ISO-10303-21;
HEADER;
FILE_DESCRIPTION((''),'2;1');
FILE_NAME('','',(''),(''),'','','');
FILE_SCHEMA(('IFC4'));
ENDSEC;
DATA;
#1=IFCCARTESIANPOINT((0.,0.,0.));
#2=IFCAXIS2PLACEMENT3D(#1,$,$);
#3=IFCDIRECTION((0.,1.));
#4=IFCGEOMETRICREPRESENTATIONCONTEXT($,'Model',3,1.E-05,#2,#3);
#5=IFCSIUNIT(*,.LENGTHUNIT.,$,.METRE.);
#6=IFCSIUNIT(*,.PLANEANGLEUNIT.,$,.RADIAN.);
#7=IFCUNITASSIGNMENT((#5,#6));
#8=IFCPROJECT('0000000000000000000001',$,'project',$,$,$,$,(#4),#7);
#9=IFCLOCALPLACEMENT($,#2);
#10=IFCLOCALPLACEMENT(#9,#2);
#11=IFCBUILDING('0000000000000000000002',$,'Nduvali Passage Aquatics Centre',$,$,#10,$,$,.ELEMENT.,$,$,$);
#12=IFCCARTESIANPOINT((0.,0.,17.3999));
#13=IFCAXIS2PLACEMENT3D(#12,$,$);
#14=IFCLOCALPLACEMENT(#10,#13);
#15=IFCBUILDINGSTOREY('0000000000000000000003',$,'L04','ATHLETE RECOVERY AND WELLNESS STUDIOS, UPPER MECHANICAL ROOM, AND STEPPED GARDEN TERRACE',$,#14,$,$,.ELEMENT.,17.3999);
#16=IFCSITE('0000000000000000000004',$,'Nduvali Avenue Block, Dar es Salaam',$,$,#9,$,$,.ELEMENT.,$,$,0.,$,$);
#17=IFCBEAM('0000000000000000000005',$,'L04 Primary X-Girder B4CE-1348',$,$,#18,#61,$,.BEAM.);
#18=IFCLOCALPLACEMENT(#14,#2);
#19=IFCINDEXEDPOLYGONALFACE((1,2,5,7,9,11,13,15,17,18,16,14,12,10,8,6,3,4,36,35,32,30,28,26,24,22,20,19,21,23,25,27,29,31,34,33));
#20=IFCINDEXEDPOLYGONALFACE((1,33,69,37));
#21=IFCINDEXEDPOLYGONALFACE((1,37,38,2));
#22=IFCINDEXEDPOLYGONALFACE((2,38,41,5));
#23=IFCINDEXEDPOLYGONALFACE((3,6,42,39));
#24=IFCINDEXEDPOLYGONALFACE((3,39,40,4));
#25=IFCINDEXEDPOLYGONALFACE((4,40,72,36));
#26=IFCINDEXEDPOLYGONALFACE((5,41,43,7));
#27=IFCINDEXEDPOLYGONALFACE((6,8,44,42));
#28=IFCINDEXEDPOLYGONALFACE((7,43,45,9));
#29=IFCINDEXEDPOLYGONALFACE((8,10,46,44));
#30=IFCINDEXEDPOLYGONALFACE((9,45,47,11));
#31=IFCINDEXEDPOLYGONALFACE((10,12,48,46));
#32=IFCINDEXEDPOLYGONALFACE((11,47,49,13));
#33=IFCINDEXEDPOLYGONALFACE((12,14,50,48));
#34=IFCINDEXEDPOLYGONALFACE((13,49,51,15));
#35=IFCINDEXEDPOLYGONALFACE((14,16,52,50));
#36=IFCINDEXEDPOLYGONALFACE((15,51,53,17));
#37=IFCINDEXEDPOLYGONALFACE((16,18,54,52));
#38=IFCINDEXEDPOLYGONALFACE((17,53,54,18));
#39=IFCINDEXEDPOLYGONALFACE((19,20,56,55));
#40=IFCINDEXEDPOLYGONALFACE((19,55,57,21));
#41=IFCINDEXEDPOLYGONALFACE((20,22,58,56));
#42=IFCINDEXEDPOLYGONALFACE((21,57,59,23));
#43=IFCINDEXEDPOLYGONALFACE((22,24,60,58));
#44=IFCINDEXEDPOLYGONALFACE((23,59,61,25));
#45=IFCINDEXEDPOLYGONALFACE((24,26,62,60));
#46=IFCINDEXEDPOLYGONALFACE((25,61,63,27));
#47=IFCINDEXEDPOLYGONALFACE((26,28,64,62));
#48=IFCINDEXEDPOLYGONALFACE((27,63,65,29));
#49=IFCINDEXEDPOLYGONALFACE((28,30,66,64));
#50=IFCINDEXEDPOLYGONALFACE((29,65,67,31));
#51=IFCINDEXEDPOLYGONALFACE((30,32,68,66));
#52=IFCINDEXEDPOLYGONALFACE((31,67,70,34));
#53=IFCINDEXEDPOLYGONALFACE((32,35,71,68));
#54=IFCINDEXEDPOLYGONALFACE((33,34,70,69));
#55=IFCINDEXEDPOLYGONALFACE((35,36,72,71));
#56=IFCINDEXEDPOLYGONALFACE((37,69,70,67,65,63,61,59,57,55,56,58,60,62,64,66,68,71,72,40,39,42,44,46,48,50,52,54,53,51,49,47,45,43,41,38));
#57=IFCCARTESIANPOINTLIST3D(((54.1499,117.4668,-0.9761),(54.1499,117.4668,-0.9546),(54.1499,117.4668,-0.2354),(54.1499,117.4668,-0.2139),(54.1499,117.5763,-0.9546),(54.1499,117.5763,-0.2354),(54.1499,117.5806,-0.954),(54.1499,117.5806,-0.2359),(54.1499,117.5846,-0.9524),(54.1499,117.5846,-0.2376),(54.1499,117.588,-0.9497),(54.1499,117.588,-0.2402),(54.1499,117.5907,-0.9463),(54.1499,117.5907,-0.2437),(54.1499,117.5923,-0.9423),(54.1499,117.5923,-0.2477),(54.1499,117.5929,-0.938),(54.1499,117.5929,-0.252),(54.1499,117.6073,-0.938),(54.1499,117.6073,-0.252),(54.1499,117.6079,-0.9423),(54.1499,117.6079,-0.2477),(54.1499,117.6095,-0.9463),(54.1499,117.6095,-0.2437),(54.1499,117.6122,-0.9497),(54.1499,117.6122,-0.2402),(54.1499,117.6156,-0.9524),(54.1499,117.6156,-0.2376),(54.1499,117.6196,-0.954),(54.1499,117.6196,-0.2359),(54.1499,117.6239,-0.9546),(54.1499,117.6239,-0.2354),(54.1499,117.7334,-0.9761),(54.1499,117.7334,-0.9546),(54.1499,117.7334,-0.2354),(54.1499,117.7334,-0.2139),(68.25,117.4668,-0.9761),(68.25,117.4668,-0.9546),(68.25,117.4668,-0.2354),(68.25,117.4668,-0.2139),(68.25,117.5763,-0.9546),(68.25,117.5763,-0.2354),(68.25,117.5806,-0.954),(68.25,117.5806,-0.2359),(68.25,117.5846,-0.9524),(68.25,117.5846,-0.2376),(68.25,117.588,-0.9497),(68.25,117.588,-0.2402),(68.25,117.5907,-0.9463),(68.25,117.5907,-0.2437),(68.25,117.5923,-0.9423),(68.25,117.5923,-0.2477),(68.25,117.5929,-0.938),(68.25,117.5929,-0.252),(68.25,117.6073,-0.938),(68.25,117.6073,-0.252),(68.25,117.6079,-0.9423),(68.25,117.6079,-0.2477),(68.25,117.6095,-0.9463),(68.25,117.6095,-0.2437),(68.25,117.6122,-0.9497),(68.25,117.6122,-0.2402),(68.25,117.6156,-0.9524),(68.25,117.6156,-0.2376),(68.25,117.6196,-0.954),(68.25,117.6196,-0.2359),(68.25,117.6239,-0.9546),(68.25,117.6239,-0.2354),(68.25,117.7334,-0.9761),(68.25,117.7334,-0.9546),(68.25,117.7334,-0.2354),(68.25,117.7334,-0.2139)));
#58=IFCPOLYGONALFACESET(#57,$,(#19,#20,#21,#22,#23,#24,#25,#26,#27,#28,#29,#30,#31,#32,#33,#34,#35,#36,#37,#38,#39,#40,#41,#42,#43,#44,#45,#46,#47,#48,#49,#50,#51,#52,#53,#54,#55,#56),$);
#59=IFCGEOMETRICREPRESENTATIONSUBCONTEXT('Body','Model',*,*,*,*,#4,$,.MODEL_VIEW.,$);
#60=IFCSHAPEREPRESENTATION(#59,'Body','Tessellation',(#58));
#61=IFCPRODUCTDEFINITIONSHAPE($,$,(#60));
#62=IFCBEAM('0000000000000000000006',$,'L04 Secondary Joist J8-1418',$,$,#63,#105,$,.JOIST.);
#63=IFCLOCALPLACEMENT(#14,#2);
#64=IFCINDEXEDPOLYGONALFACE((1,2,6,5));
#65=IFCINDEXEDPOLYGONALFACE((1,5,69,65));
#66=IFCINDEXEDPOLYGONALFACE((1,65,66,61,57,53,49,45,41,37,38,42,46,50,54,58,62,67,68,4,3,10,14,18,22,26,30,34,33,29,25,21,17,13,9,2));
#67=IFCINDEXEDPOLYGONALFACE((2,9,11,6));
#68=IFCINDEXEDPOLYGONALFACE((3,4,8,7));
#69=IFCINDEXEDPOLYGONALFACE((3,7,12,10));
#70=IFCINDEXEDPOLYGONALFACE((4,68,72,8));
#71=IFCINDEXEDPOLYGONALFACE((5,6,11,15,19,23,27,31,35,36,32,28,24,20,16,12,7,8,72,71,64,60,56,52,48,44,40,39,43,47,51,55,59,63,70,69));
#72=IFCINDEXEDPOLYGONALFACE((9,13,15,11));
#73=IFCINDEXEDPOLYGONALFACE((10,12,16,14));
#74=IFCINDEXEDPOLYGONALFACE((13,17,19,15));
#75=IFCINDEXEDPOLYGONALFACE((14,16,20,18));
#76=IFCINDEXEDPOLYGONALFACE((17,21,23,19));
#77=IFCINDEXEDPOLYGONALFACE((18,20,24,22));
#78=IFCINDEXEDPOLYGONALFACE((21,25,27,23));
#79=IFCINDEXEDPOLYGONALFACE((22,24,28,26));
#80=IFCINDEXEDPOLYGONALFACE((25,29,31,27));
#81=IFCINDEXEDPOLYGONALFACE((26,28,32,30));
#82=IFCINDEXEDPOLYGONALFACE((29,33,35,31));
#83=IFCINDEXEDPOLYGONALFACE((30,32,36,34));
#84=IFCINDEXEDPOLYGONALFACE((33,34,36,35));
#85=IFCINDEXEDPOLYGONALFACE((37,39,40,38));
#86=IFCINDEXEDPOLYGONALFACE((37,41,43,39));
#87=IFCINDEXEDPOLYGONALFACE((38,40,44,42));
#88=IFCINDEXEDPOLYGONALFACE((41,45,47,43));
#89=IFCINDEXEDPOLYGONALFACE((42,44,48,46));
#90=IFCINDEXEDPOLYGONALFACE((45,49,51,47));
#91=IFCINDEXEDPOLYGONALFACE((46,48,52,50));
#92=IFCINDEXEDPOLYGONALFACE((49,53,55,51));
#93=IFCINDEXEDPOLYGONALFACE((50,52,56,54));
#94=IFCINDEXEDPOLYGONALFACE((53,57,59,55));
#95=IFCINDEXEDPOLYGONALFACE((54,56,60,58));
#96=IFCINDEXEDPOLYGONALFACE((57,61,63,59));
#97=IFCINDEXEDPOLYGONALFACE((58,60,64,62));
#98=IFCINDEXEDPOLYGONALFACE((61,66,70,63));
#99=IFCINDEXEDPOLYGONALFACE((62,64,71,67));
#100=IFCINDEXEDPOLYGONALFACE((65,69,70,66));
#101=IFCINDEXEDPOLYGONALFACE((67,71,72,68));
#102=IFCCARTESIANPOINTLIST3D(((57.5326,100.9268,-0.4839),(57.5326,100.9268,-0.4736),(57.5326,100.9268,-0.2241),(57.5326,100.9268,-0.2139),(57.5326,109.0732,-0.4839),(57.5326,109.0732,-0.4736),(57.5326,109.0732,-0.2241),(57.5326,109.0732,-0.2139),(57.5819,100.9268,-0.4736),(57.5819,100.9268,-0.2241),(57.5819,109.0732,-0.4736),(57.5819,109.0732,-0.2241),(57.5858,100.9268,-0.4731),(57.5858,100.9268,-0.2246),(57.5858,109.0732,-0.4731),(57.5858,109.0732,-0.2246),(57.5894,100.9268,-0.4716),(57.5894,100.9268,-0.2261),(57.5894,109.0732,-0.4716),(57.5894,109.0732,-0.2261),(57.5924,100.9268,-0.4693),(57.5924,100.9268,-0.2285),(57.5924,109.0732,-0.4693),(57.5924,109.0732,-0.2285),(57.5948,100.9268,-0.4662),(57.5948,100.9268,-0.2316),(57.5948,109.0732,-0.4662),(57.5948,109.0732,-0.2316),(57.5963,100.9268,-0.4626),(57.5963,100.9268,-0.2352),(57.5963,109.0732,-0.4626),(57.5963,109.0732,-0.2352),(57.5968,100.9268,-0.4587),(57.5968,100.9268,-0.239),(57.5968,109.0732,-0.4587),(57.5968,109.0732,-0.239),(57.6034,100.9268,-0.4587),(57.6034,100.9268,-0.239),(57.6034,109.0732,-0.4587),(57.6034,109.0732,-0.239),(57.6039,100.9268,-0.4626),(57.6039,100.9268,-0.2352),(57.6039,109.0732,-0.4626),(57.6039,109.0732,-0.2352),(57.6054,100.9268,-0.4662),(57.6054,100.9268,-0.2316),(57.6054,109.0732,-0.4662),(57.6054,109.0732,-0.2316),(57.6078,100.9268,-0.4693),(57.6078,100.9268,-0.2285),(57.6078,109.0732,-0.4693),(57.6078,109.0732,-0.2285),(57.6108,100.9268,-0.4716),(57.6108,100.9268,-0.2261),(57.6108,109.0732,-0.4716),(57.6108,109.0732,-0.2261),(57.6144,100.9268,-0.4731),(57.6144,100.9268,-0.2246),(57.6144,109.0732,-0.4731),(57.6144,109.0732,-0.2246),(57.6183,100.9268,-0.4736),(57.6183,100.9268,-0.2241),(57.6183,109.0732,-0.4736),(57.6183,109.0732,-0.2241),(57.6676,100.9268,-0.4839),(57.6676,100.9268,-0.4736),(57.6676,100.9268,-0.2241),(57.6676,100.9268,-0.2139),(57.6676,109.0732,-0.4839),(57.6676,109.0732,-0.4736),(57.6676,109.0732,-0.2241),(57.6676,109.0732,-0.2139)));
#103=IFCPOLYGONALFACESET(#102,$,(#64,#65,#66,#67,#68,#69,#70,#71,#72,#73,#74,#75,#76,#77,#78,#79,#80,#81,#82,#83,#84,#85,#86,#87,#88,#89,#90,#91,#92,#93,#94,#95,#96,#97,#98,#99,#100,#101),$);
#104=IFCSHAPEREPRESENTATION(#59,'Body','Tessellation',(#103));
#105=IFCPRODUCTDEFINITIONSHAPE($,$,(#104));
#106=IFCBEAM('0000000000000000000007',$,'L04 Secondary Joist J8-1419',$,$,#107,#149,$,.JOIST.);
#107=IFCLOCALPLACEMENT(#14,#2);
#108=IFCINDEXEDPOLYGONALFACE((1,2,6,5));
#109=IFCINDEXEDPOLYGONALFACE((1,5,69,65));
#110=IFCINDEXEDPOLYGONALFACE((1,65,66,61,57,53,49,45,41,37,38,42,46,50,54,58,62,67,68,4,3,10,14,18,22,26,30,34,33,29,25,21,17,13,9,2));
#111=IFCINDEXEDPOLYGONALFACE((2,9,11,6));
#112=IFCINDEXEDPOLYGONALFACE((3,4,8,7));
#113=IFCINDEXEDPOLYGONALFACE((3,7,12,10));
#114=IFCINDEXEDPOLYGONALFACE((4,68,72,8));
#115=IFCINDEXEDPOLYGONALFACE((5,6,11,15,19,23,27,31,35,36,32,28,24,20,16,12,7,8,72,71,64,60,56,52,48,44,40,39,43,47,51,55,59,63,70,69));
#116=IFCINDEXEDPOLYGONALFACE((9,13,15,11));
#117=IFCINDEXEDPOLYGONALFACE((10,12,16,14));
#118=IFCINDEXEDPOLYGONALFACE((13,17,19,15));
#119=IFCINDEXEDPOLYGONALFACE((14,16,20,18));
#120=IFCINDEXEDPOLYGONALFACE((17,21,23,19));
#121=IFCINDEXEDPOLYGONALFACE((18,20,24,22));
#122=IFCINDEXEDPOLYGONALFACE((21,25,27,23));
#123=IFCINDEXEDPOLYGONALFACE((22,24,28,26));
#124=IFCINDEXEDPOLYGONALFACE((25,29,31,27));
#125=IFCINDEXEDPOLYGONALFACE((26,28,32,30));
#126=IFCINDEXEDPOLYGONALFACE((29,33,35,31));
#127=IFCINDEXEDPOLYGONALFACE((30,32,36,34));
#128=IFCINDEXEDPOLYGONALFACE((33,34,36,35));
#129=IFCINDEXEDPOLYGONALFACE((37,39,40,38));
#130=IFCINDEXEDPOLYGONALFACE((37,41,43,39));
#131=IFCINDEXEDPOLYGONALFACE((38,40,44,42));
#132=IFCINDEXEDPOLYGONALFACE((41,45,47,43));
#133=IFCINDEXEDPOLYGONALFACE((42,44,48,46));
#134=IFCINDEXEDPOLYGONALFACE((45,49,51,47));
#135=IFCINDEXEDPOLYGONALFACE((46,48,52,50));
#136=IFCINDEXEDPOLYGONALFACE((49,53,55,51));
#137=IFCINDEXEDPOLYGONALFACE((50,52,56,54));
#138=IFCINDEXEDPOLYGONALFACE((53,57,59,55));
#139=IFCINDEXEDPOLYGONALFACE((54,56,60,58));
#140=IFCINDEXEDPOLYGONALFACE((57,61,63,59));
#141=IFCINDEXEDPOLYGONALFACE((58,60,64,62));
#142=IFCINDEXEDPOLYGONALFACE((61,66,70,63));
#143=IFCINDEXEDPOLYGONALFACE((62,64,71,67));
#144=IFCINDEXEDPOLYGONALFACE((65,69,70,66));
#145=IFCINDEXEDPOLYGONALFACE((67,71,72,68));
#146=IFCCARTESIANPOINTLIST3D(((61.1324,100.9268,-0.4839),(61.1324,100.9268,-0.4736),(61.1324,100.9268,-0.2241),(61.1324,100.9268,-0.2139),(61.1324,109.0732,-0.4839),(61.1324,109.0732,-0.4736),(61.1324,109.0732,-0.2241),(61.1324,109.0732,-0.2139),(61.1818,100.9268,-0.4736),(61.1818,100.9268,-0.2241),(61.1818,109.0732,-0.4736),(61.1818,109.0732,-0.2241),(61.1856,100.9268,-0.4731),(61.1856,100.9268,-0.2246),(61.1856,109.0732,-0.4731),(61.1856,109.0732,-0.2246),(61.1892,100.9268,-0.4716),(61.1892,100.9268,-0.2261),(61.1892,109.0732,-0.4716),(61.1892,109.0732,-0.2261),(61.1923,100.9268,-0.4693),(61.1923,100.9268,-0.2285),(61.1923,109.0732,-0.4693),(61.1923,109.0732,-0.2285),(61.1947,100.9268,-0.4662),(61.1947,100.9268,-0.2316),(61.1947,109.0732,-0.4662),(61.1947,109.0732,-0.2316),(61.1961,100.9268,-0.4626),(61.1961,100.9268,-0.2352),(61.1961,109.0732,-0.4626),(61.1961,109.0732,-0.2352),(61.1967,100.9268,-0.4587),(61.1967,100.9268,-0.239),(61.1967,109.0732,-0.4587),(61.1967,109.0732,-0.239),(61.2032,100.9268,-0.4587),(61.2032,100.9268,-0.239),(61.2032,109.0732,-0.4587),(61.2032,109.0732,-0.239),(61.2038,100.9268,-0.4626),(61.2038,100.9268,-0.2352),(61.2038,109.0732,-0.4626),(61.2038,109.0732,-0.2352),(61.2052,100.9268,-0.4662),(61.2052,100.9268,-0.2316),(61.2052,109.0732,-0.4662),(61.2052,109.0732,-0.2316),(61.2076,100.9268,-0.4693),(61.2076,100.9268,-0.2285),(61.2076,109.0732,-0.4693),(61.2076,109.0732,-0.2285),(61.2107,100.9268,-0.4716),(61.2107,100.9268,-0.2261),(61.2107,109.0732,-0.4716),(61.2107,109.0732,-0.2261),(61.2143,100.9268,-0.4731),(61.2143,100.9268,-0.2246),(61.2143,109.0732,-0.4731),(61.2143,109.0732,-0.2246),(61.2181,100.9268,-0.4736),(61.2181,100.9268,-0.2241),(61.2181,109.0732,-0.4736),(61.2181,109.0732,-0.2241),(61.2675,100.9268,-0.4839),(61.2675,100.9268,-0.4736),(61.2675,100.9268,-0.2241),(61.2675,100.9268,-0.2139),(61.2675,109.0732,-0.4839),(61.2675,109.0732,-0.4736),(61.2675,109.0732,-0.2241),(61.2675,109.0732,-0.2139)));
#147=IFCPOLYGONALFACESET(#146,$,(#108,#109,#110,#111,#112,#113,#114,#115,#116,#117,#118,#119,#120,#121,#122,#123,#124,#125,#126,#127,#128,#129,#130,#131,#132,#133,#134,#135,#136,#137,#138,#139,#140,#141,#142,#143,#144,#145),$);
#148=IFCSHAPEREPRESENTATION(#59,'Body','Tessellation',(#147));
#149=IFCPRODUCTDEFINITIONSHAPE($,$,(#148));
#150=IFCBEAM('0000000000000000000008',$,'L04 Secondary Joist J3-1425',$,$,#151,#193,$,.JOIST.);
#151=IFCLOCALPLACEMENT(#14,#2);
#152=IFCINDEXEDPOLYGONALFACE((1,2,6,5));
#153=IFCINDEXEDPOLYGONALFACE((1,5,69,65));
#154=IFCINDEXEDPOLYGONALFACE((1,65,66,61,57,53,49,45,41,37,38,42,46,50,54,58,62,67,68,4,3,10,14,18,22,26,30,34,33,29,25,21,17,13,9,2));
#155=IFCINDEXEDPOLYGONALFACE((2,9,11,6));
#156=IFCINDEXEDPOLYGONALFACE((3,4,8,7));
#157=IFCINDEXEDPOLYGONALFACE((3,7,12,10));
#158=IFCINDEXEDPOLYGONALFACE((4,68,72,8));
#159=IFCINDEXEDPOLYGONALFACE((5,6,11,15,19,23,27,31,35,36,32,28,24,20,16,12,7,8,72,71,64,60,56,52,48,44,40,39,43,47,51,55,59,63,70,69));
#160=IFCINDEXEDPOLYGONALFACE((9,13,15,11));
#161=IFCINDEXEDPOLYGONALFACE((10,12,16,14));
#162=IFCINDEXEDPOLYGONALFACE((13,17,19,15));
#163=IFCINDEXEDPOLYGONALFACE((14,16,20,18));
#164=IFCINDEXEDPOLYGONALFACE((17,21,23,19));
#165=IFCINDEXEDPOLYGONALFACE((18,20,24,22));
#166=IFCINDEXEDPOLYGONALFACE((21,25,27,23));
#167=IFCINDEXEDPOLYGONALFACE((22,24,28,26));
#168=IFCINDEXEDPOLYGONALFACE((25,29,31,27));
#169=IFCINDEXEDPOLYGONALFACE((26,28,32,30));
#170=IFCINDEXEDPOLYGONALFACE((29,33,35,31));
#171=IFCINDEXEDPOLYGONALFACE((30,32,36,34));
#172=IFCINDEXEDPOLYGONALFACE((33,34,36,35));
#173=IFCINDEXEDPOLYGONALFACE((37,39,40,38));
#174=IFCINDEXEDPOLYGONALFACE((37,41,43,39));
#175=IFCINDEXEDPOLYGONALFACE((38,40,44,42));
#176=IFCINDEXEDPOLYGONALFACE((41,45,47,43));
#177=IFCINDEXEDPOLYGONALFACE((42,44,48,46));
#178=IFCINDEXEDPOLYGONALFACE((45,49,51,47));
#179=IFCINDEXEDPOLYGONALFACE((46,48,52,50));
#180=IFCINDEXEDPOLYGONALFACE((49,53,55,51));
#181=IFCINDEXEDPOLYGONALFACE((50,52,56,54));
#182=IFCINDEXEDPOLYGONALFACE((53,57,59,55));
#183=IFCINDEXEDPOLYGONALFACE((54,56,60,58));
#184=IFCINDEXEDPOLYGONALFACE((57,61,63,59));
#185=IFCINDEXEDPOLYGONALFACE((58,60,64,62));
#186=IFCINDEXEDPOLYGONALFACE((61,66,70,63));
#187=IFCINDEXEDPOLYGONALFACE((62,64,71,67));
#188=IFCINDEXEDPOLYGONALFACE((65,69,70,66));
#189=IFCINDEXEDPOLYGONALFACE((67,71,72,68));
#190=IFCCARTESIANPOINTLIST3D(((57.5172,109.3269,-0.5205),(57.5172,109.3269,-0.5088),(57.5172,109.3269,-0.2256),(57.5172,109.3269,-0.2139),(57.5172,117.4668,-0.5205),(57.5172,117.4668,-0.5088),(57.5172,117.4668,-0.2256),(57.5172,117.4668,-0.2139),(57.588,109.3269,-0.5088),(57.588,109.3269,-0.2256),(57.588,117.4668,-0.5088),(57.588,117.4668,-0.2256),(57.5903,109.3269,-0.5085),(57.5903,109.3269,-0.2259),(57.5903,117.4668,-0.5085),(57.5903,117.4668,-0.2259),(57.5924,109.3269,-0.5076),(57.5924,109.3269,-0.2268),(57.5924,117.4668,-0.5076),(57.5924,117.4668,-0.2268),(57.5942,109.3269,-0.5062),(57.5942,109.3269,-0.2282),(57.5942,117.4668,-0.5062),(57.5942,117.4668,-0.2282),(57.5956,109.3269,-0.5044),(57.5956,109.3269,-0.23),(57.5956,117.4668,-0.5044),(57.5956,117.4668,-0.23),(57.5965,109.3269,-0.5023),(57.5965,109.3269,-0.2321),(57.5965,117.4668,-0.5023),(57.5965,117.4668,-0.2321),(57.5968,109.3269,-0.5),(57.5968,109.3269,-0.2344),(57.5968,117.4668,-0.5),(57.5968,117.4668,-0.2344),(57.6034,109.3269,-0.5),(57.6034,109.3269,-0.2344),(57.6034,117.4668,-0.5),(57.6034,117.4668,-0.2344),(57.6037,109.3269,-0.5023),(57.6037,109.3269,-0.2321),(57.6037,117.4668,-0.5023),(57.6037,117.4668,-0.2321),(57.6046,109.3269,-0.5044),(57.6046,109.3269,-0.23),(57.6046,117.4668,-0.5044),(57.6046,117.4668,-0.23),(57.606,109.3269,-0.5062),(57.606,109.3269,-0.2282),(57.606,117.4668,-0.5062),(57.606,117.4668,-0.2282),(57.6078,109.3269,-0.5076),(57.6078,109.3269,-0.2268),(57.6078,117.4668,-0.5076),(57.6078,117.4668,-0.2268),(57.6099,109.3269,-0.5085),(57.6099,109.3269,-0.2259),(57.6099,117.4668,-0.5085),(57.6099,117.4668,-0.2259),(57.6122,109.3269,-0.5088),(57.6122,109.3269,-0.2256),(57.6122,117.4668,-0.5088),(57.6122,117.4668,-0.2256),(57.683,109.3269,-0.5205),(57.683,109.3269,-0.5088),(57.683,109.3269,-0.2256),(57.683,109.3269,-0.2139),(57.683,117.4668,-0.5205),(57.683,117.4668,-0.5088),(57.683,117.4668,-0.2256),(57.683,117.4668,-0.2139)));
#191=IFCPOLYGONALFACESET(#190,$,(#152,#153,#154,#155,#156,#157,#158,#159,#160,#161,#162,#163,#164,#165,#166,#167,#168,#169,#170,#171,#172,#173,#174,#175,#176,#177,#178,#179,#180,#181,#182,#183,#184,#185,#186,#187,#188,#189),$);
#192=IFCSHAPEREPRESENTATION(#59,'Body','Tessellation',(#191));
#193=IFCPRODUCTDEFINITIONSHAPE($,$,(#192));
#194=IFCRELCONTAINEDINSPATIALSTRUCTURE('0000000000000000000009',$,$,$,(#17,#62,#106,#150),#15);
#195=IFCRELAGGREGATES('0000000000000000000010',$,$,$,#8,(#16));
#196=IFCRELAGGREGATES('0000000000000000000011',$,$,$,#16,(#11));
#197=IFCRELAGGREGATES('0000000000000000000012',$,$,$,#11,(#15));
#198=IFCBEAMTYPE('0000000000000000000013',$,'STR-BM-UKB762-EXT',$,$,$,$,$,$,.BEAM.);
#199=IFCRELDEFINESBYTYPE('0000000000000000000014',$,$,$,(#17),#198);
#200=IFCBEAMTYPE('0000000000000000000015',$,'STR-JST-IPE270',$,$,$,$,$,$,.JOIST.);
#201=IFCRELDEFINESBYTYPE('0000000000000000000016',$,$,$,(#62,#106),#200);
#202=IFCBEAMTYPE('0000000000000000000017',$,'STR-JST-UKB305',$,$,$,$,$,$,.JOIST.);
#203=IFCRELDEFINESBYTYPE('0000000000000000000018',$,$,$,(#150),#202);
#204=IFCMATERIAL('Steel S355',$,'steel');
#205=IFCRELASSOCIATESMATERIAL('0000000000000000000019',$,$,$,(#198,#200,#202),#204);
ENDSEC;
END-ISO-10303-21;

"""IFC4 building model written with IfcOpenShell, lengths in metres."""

from ifc_helpers import new_model, si_unit, direction, frame, origin, origin_2d, place, context, subcontext, project, spatial, i_section, extrude, material, material_profile, profile_set, type_object, element, save


model = new_model("IFC4")

# Units and contexts
model_context = context("Model", 3, precision=1e-05, world=origin(), true_north=direction((0.0, 1.0)))
body_context = subcontext(model_context, "Body", "Model", "MODEL_VIEW")
ifc_project = project(units=[si_unit("LENGTHUNIT", "METRE"), si_unit("PLANEANGLEUNIT", "RADIAN")], contexts=[model_context])

# Site, building, storey
site_placement = place(None, origin())
site = spatial("IfcSite", under=ifc_project, at=site_placement, Name="Nduvali Avenue Block, Dar es Salaam", CompositionType="ELEMENT", RefElevation=0.0)
building_placement = place(site_placement, origin())
building = spatial("IfcBuilding", under=site, at=building_placement, Name="Nduvali Passage Aquatics Centre", CompositionType="ELEMENT")
storey_placement = place(building_placement, frame((0.0, 0.0, 17.3999)))
storey = spatial("IfcBuildingStorey", under=building, at=storey_placement, Name="L04", Description="ATHLETE RECOVERY AND WELLNESS STUDIOS, UPPER MECHANICAL ROOM, AND STEPPED GARDEN TERRACE", CompositionType="ELEMENT", Elevation=17.3999)

# Shared definitions
ifc_material_1 = material(Name="Steel S355", Category="steel")

# Beams
ifc_material_profile_1 = material_profile(ifc_material_1, i_section(OverallWidth=0.2666, OverallDepth=0.7622, WebThickness=0.0144, FlangeThickness=0.0215, FilletRadius=0.0166, at=origin_2d()), Name="UKB 762x267x173")
ifc_profile_set_1 = profile_set([ifc_material_profile_1], Name="Steel S355")
beam_type_1 = type_object("IfcBeamType", Name="STR-BM-UKB762-EXT", PredefinedType="BEAM", material=ifc_profile_set_1)
beam_1_placement = place(storey_placement, frame((54.1499, 117.6001, -0.595), z_axis=(1.0, 0.0, 0.0), x_axis=(0.0, 1.0, 0.0)))
element("IfcBeam", 1, at=beam_1_placement, inside=storey, type_object=beam_type_1, Name="L04 Primary X-Girder B4CE-1348", PredefinedType="BEAM", context=body_context, shape_type="SweptSolid", body=[
    extrude(i_section(OverallWidth=0.2666, OverallDepth=0.7622, WebThickness=0.0144, FlangeThickness=0.0215, FilletRadius=0.0166, at=origin_2d()), origin(), (0.0, 0.0, 1.0), 14.1001),
])
ifc_material_profile_2 = material_profile(ifc_material_1, i_section(OverallWidth=0.135, OverallDepth=0.27, WebThickness=0.0066, FlangeThickness=0.0103, FilletRadius=0.0149, at=origin_2d()), Name="IPE 270")
ifc_profile_set_2 = profile_set([ifc_material_profile_2], Name="Steel S355")
beam_type_2 = type_object("IfcBeamType", Name="STR-JST-IPE270", PredefinedType="JOIST", material=ifc_profile_set_2)
for number, where, z_axis, x_axis, name in (
    (2, (57.6001, 100.9268, -0.3489), (0.0, 1.0, 0.0), (-1.0, 0.0, 0.0), "L04 Secondary Joist J8-1418"),
    (3, (61.2, 100.9268, -0.3489), (0.0, 1.0, 0.0), (-1.0, 0.0, 0.0), "L04 Secondary Joist J8-1419"),
):
    element("IfcBeam", number, at=place(storey_placement, frame(where, z_axis=z_axis, x_axis=x_axis)), inside=storey, type_object=beam_type_2, Name=name, PredefinedType="JOIST", context=body_context, shape_type="SweptSolid", body=[
        extrude(i_section(OverallWidth=0.135, OverallDepth=0.27, WebThickness=0.0066, FlangeThickness=0.0103, FilletRadius=0.0149, at=origin_2d()), origin(), (0.0, 0.0, 1.0), 8.1465),
    ])
ifc_material_profile_3 = material_profile(ifc_material_1, i_section(OverallWidth=0.1658, OverallDepth=0.3066, WebThickness=0.0066, FlangeThickness=0.0117, FilletRadius=0.0088, at=origin_2d()), Name="UKB 305x165x46")
ifc_profile_set_3 = profile_set([ifc_material_profile_3], Name="Steel S355")
beam_type_3 = type_object("IfcBeamType", Name="STR-JST-UKB305", PredefinedType="JOIST", material=ifc_profile_set_3)
for number, where, z_axis, x_axis, name in (
    (4, (57.6001, 109.3269, -0.3672), (0.0, 1.0, 0.0), (-1.0, 0.0, 0.0), "L04 Secondary Joist J3-1425"),
):
    element("IfcBeam", number, at=place(storey_placement, frame(where, z_axis=z_axis, x_axis=x_axis)), inside=storey, type_object=beam_type_3, Name=name, PredefinedType="JOIST", context=body_context, shape_type="SweptSolid", body=[
        extrude(i_section(OverallWidth=0.1658, OverallDepth=0.3066, WebThickness=0.0066, FlangeThickness=0.0117, FilletRadius=0.0088, at=origin_2d()), origin(), (0.0, 0.0, 1.0), 8.1399),
    ])

save(model, "model.ifc")
